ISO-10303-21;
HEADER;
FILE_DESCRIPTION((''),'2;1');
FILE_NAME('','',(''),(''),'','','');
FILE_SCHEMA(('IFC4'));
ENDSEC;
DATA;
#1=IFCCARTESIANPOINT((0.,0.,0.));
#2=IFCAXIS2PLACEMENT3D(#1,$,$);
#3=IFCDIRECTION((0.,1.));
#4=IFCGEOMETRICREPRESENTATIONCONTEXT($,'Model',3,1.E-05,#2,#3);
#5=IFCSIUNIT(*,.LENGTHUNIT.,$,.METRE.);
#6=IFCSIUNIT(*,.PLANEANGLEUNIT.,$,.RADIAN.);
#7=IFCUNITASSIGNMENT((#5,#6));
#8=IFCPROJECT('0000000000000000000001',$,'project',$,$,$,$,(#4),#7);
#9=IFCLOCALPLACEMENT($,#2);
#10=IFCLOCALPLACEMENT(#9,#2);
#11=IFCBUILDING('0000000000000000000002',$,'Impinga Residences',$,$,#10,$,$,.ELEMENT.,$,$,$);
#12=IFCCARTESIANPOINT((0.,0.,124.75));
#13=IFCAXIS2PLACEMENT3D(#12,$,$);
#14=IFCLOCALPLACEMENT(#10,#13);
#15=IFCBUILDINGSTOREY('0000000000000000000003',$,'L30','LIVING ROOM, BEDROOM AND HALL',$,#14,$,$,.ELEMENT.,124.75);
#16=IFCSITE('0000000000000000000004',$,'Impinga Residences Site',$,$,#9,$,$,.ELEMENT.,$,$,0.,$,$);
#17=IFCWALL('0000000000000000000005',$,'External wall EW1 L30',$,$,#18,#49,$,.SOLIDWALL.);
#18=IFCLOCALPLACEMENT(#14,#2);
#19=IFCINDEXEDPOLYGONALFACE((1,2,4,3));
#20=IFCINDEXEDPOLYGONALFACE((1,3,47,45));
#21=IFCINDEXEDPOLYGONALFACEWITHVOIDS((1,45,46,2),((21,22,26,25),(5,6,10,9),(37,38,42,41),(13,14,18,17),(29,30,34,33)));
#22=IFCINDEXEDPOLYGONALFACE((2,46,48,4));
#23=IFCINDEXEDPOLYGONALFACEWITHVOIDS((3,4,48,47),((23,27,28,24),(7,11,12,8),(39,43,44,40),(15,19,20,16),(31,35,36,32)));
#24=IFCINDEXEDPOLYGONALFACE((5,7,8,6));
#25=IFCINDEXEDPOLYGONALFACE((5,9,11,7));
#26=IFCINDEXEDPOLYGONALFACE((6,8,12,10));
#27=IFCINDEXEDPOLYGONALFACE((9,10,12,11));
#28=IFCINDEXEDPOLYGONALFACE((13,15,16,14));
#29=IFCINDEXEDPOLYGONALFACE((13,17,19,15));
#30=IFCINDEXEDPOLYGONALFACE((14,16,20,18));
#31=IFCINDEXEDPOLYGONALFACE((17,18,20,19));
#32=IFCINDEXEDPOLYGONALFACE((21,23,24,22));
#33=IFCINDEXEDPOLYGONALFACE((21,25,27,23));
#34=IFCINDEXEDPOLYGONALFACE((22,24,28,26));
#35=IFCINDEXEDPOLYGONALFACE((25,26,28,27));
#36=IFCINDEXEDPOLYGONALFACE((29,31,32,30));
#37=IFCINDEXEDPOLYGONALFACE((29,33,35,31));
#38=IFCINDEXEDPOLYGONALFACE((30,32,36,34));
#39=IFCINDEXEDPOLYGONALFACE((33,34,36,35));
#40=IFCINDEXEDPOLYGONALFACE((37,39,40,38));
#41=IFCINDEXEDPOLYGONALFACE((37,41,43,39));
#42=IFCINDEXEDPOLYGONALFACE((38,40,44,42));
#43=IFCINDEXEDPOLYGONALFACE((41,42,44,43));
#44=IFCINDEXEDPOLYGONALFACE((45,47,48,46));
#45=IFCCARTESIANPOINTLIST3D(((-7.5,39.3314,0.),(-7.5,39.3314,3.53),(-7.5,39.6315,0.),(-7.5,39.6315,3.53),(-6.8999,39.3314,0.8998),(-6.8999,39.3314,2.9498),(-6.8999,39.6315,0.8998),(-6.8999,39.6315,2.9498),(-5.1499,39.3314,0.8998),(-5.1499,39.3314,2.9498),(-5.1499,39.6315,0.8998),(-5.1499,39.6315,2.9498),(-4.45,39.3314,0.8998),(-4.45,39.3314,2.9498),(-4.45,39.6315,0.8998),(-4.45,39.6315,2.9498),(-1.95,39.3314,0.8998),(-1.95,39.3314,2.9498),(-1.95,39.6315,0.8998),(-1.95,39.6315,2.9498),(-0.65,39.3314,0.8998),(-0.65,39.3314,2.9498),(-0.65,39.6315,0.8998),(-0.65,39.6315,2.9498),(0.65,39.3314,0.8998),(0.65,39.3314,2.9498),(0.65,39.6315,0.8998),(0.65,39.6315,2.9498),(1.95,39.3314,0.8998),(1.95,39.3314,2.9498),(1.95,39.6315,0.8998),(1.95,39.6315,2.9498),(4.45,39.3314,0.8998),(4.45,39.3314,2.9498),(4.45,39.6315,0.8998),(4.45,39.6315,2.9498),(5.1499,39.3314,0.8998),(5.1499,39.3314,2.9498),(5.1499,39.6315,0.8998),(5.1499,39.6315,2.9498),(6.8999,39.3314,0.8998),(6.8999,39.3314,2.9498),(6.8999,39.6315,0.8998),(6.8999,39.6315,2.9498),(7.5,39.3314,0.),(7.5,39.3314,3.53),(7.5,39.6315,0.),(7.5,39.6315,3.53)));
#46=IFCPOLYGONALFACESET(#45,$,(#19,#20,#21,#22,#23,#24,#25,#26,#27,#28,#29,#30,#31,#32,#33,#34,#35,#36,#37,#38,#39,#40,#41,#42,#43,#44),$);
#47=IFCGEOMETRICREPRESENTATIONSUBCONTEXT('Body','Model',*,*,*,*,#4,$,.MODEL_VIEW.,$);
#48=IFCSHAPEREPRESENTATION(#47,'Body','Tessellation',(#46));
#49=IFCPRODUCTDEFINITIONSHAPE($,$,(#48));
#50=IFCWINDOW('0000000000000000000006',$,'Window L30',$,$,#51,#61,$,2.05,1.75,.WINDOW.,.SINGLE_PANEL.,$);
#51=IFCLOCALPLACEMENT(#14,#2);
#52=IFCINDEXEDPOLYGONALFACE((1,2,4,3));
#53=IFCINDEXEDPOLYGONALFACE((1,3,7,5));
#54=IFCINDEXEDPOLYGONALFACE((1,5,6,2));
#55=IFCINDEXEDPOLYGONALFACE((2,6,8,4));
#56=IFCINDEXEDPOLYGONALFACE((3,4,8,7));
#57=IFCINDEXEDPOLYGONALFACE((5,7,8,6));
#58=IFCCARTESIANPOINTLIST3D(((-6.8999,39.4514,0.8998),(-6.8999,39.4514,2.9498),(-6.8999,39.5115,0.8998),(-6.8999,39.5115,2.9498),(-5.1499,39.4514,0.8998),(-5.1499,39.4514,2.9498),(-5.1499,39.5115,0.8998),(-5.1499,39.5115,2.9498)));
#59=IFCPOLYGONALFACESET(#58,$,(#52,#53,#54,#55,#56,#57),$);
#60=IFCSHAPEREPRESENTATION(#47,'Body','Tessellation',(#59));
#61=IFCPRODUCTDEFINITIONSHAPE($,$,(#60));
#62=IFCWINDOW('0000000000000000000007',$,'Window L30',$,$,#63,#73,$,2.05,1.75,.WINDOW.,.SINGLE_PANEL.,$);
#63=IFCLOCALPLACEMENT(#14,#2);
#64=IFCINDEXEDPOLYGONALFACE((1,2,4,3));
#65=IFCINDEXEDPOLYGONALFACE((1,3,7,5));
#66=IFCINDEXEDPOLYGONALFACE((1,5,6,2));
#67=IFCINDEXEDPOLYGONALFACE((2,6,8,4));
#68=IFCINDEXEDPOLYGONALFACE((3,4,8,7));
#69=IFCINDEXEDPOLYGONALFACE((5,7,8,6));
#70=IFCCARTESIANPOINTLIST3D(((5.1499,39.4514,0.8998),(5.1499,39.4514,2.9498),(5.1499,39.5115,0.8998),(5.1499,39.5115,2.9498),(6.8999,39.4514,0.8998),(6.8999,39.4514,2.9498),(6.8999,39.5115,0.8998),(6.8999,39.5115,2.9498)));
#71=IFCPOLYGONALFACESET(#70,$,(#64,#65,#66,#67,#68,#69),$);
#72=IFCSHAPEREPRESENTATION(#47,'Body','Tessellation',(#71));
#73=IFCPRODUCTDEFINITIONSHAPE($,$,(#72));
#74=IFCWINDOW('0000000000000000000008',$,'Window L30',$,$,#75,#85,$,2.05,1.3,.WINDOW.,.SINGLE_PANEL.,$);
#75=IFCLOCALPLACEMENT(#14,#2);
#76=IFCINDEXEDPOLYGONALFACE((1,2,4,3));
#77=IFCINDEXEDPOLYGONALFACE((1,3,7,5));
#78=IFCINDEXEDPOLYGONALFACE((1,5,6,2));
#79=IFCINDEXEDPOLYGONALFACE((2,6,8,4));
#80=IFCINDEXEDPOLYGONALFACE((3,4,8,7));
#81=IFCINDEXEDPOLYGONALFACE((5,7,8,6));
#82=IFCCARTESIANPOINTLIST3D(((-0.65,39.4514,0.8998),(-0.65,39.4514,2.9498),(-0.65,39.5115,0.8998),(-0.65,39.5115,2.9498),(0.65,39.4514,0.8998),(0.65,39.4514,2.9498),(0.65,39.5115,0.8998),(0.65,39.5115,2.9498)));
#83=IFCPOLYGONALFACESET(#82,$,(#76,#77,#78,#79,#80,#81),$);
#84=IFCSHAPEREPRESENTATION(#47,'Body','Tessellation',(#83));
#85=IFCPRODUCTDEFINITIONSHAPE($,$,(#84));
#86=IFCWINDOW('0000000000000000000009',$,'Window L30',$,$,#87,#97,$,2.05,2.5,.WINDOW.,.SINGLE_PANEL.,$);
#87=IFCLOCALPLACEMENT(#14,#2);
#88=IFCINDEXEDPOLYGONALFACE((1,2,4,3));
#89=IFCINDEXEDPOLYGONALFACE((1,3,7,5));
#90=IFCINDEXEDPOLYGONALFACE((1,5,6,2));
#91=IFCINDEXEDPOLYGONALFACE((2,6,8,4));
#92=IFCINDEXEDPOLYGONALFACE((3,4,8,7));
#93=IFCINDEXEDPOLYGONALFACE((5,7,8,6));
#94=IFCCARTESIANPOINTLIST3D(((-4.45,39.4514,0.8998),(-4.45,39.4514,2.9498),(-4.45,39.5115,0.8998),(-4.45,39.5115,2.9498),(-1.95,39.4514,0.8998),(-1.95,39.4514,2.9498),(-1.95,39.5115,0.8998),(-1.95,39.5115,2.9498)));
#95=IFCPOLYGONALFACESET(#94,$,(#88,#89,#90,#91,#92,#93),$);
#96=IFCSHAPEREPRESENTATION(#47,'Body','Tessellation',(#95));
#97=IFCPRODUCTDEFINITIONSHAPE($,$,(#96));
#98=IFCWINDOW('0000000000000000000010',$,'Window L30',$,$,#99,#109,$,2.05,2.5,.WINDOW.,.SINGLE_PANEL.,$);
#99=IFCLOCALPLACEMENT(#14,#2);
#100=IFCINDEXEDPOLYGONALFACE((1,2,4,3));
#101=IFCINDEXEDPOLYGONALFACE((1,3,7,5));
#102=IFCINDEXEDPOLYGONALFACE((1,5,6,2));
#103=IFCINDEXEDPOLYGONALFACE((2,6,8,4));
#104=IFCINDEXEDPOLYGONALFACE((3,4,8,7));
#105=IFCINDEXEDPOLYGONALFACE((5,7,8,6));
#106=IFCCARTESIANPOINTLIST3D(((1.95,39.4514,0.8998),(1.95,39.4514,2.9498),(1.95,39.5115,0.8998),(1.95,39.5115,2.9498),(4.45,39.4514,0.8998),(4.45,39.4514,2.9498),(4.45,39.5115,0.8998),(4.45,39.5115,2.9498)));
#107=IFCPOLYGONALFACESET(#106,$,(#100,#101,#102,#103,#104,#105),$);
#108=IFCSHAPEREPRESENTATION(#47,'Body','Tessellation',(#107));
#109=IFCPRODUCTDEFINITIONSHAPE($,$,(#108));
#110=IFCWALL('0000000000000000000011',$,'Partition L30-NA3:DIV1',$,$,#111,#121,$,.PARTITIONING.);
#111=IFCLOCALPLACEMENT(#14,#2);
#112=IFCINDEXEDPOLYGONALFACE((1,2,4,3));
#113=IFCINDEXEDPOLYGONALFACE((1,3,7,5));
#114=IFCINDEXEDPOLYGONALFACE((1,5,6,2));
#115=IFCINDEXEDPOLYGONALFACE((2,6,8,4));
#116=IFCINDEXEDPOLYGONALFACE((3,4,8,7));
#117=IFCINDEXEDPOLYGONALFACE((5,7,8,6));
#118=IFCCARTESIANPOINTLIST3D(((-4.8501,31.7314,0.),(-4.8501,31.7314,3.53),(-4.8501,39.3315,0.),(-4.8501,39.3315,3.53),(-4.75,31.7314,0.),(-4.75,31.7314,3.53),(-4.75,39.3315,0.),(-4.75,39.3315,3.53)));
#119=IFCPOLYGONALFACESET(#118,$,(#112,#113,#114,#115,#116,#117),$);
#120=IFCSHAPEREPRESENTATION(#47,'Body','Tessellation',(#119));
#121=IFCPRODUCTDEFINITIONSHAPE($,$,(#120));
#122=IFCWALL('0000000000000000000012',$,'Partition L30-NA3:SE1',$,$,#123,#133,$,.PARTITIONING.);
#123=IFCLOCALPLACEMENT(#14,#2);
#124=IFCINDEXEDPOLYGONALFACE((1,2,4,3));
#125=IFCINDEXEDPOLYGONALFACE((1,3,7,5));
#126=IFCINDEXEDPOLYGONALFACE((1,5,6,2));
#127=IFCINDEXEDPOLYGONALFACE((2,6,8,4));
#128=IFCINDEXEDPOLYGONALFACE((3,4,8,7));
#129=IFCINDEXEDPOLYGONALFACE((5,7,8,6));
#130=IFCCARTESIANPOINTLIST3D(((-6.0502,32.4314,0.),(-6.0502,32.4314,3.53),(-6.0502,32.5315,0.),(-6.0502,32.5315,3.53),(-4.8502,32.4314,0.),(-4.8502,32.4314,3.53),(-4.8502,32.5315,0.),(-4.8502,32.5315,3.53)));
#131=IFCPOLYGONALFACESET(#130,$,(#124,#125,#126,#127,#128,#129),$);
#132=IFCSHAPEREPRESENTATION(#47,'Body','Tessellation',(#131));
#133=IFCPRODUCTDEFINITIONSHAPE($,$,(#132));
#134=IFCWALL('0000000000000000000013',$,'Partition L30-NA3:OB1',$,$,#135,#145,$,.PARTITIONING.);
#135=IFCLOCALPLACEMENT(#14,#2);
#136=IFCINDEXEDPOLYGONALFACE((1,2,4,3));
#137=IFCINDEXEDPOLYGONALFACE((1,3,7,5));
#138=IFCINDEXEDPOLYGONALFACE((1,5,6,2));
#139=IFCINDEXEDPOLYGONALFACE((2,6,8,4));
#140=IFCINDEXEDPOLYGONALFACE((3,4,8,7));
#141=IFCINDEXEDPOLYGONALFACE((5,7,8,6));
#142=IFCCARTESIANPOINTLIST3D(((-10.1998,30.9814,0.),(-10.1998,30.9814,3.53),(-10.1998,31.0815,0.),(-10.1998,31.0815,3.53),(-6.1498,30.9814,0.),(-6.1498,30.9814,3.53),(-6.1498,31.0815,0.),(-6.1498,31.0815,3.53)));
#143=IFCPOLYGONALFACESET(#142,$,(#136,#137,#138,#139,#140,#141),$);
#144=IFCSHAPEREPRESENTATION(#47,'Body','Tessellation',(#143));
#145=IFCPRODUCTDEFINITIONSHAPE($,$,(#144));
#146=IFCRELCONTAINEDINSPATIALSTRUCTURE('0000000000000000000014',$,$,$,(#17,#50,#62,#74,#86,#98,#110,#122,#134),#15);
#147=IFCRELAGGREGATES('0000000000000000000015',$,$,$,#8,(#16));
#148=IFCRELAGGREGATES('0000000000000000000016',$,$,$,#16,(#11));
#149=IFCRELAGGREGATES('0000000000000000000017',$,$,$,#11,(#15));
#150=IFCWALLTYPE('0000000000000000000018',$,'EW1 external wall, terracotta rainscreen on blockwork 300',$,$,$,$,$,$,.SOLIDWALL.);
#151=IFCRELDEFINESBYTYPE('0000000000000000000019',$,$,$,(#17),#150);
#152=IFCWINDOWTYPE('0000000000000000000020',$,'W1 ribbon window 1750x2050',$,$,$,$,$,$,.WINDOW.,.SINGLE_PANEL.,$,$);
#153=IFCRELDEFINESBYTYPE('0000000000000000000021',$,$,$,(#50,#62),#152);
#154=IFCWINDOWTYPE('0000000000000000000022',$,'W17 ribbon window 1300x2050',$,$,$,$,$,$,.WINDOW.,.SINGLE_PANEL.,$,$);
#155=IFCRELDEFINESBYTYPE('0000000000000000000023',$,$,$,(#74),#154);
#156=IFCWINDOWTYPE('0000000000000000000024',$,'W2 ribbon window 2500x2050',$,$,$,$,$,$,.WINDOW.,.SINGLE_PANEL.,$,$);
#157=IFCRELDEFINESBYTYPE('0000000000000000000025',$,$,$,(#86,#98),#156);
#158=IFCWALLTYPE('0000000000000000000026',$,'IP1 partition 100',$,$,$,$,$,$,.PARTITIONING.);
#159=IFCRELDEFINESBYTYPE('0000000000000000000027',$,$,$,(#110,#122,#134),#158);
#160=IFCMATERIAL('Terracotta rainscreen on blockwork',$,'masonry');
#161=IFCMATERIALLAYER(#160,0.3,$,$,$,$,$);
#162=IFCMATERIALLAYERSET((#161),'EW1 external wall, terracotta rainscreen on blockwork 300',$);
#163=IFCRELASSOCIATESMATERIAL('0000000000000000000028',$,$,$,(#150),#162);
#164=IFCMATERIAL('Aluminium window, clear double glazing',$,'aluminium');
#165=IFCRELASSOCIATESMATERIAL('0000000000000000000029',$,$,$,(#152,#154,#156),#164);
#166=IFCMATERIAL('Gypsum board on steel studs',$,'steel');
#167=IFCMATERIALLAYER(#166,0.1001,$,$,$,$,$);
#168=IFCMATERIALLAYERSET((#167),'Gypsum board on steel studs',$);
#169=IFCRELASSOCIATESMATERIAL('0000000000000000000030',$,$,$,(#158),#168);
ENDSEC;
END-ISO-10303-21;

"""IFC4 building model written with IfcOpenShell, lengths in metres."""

from ifc_helpers import new_model, si_unit, direction, frame, frame_2d, origin, place, context, subcontext, project, spatial, rectangle, extrude, material, layer, layer_set, type_object, element, fill, save


model = new_model("IFC4")

# Units and contexts
model_context = context("Model", 3, precision=1e-05, world=origin(), true_north=direction((0.0, 1.0)))
body_context = subcontext(model_context, "Body", "Model", "MODEL_VIEW")
ifc_project = project(units=[si_unit("LENGTHUNIT", "METRE"), si_unit("PLANEANGLEUNIT", "RADIAN")], contexts=[model_context])

# Site, building, storey
site_placement = place(None, origin())
site = spatial("IfcSite", under=ifc_project, at=site_placement, Name="Impinga Residences Site", CompositionType="ELEMENT", RefElevation=0.0)
building_placement = place(site_placement, origin())
building = spatial("IfcBuilding", under=site, at=building_placement, Name="Impinga Residences", CompositionType="ELEMENT")
storey_placement = place(building_placement, frame((0.0, 0.0, 124.75)))
storey = spatial("IfcBuildingStorey", under=building, at=storey_placement, Name="L30", Description="LIVING ROOM, BEDROOM AND HALL", CompositionType="ELEMENT", Elevation=124.75)

# Shared definitions
ifc_material_1 = material(Name="Terracotta rainscreen on blockwork", Category="masonry")
ifc_layer_1 = layer(ifc_material_1, 0.3)
ifc_layer_set_1 = layer_set([ifc_layer_1], Name="EW1 external wall, terracotta rainscreen on blockwork 300")
wall_type_1 = type_object("IfcWallType", Name="EW1 external wall, terracotta rainscreen on blockwork 300", PredefinedType="SOLIDWALL", material=ifc_layer_set_1)

# Wall, openings, windows
wall_1_placement = place(storey_placement, frame((-7.5, 39.4814, 0.0), z_axis=(0.0, 0.0, 1.0), x_axis=(1.0, 0.0, 0.0)))
wall_1 = element("IfcWall", 1, at=wall_1_placement, inside=storey, type_object=wall_type_1, Name="External wall EW1 L30", PredefinedType="SOLIDWALL", context=body_context, shape_type="SweptSolid", body=[
    extrude(rectangle(XDim=15.0, YDim=0.3, at=frame_2d((7.5, 0.0))), origin(), (0.0, 0.0, 1.0), 3.53),
])
opening_1_placement = place(wall_1_placement, frame((0.6001, 0.0, 0.8999)))
opening_1 = element("IfcOpeningElement", 2, at=opening_1_placement, cuts=wall_1, PredefinedType="OPENING", context=body_context, shape_type="SweptSolid", body=[
    extrude(rectangle(XDim=1.75, YDim=2.05, at=frame_2d((0.875, 1.0249))), frame((0.0, 0.1599, 0.0), z_axis=(0.0, -1.0, 0.0), x_axis=(1.0, 0.0, 0.0)), (0.0, 0.0, 1.0), 0.3201),
])
opening_2_placement = place(wall_1_placement, frame((3.05, 0.0, 0.8999)))
opening_2 = element("IfcOpeningElement", 3, at=opening_2_placement, cuts=wall_1, PredefinedType="OPENING", context=body_context, shape_type="SweptSolid", body=[
    extrude(rectangle(XDim=2.5, YDim=2.05, at=frame_2d((1.25, 1.0249))), frame((0.0, 0.1599, 0.0), z_axis=(0.0, -1.0, 0.0), x_axis=(1.0, 0.0, 0.0)), (0.0, 0.0, 1.0), 0.3201),
])
opening_3_placement = place(wall_1_placement, frame((6.8501, 0.0, 0.8999)))
opening_3 = element("IfcOpeningElement", 4, at=opening_3_placement, cuts=wall_1, PredefinedType="OPENING", context=body_context, shape_type="SweptSolid", body=[
    extrude(rectangle(XDim=1.3, YDim=2.05, at=frame_2d((0.6499, 1.0249))), frame((0.0, 0.1599, 0.0), z_axis=(0.0, -1.0, 0.0), x_axis=(1.0, 0.0, 0.0)), (0.0, 0.0, 1.0), 0.3201),
])
opening_4_placement = place(wall_1_placement, frame((9.45, 0.0, 0.8999)))
opening_4 = element("IfcOpeningElement", 5, at=opening_4_placement, cuts=wall_1, PredefinedType="OPENING", context=body_context, shape_type="SweptSolid", body=[
    extrude(rectangle(XDim=2.5, YDim=2.05, at=frame_2d((1.25, 1.0249))), frame((0.0, 0.1599, 0.0), z_axis=(0.0, -1.0, 0.0), x_axis=(1.0, 0.0, 0.0)), (0.0, 0.0, 1.0), 0.3201),
])
opening_5_placement = place(wall_1_placement, frame((12.6499, 0.0, 0.8999)))
opening_5 = element("IfcOpeningElement", 6, at=opening_5_placement, cuts=wall_1, PredefinedType="OPENING", context=body_context, shape_type="SweptSolid", body=[
    extrude(rectangle(XDim=1.75, YDim=2.05, at=frame_2d((0.875, 1.0249))), frame((0.0, 0.1599, 0.0), z_axis=(0.0, -1.0, 0.0), x_axis=(1.0, 0.0, 0.0)), (0.0, 0.0, 1.0), 0.3201),
])
ifc_material_2 = material(Name="Aluminium window, clear double glazing", Category="aluminium")
window_type_1 = type_object("IfcWindowType", Name="W1 ribbon window 1750x2050", PartitioningType="SINGLE_PANEL", PredefinedType="WINDOW", material=ifc_material_2)
window_1_placement = place(opening_1_placement, origin())
window_1 = element("IfcWindow", 7, at=window_1_placement, inside=storey, type_object=window_type_1, Name="Window L30", OverallHeight=2.05, OverallWidth=1.75, PartitioningType="SINGLE_PANEL", PredefinedType="WINDOW", context=body_context, shape_type="SweptSolid", body=[
    extrude(rectangle(XDim=1.75, YDim=2.05, at=frame_2d((0.875, 1.0249))), frame((0.0, 0.03, 0.0), z_axis=(0.0, -1.0, 0.0), x_axis=(1.0, 0.0, 0.0)), (0.0, 0.0, 1.0), 0.0601),
])
fill(opening_1, window_1)
window_2_placement = place(opening_5_placement, origin())
window_2 = element("IfcWindow", 8, at=window_2_placement, inside=storey, type_object=window_type_1, Name="Window L30", OverallHeight=2.05, OverallWidth=1.75, PartitioningType="SINGLE_PANEL", PredefinedType="WINDOW", context=body_context, shape_type="SweptSolid", body=[
    extrude(rectangle(XDim=1.75, YDim=2.05, at=frame_2d((0.875, 1.0249))), frame((0.0, 0.03, 0.0), z_axis=(0.0, -1.0, 0.0), x_axis=(1.0, 0.0, 0.0)), (0.0, 0.0, 1.0), 0.0601),
])
fill(opening_5, window_2)
window_type_2 = type_object("IfcWindowType", Name="W17 ribbon window 1300x2050", PartitioningType="SINGLE_PANEL", PredefinedType="WINDOW", material=ifc_material_2)
window_3_placement = place(opening_3_placement, origin())
window_3 = element("IfcWindow", 9, at=window_3_placement, inside=storey, type_object=window_type_2, Name="Window L30", OverallHeight=2.05, OverallWidth=1.3, PartitioningType="SINGLE_PANEL", PredefinedType="WINDOW", context=body_context, shape_type="SweptSolid", body=[
    extrude(rectangle(XDim=1.3, YDim=2.05, at=frame_2d((0.6499, 1.0249))), frame((0.0, 0.03, 0.0), z_axis=(0.0, -1.0, 0.0), x_axis=(1.0, 0.0, 0.0)), (0.0, 0.0, 1.0), 0.0601),
])
fill(opening_3, window_3)
window_type_3 = type_object("IfcWindowType", Name="W2 ribbon window 2500x2050", PartitioningType="SINGLE_PANEL", PredefinedType="WINDOW", material=ifc_material_2)
window_4_placement = place(opening_2_placement, origin())
window_4 = element("IfcWindow", 10, at=window_4_placement, inside=storey, type_object=window_type_3, Name="Window L30", OverallHeight=2.05, OverallWidth=2.5, PartitioningType="SINGLE_PANEL", PredefinedType="WINDOW", context=body_context, shape_type="SweptSolid", body=[
    extrude(rectangle(XDim=2.5, YDim=2.05, at=frame_2d((1.25, 1.0249))), frame((0.0, 0.03, 0.0), z_axis=(0.0, -1.0, 0.0), x_axis=(1.0, 0.0, 0.0)), (0.0, 0.0, 1.0), 0.0601),
])
fill(opening_2, window_4)
window_5_placement = place(opening_4_placement, origin())
window_5 = element("IfcWindow", 11, at=window_5_placement, inside=storey, type_object=window_type_3, Name="Window L30", OverallHeight=2.05, OverallWidth=2.5, PartitioningType="SINGLE_PANEL", PredefinedType="WINDOW", context=body_context, shape_type="SweptSolid", body=[
    extrude(rectangle(XDim=2.5, YDim=2.05, at=frame_2d((1.25, 1.0249))), frame((0.0, 0.03, 0.0), z_axis=(0.0, -1.0, 0.0), x_axis=(1.0, 0.0, 0.0)), (0.0, 0.0, 1.0), 0.0601),
])
fill(opening_4, window_5)

# Walls
ifc_material_3 = material(Name="Gypsum board on steel studs", Category="steel")
ifc_layer_2 = layer(ifc_material_3, 0.1001)
ifc_layer_set_2 = layer_set([ifc_layer_2], Name="Gypsum board on steel studs")
wall_type_2 = type_object("IfcWallType", Name="IP1 partition 100", PredefinedType="PARTITIONING", material=ifc_layer_set_2)
wall_2_placement = place(storey_placement, frame((-4.8, 31.7314, 0.0), z_axis=(0.0, 0.0, 1.0), x_axis=(0.0, 1.0, 0.0)))
element("IfcWall", 12, at=wall_2_placement, inside=storey, type_object=wall_type_2, Name="Partition L30-NA3:DIV1", PredefinedType="PARTITIONING", context=body_context, shape_type="SweptSolid", body=[
    extrude(rectangle(XDim=7.6001, YDim=0.1001, at=frame_2d((3.8, 0.0))), origin(), (0.0, 0.0, 1.0), 3.53),
])
wall_3_placement = place(storey_placement, frame((-4.8501, 32.4814, 0.0), z_axis=(0.0, 0.0, 1.0), x_axis=(-1.0, 0.0, 0.0)))
element("IfcWall", 13, at=wall_3_placement, inside=storey, type_object=wall_type_2, Name="Partition L30-NA3:SE1", PredefinedType="PARTITIONING", context=body_context, shape_type="SweptSolid", body=[
    extrude(rectangle(XDim=1.2, YDim=0.1001, at=frame_2d((0.6001, 0.0))), origin(), (0.0, 0.0, 1.0), 3.53),
])
wall_4_placement = place(storey_placement, frame((-6.1499, 31.0315, 0.0), z_axis=(0.0, 0.0, 1.0), x_axis=(-1.0, 0.0, 0.0)))
element("IfcWall", 14, at=wall_4_placement, inside=storey, type_object=wall_type_2, Name="Partition L30-NA3:OB1", PredefinedType="PARTITIONING", context=body_context, shape_type="SweptSolid", body=[
    extrude(rectangle(XDim=4.05, YDim=0.1001, at=frame_2d((2.0249, 0.0))), origin(), (0.0, 0.0, 1.0), 3.53),
])

save(model, "model.ifc")
